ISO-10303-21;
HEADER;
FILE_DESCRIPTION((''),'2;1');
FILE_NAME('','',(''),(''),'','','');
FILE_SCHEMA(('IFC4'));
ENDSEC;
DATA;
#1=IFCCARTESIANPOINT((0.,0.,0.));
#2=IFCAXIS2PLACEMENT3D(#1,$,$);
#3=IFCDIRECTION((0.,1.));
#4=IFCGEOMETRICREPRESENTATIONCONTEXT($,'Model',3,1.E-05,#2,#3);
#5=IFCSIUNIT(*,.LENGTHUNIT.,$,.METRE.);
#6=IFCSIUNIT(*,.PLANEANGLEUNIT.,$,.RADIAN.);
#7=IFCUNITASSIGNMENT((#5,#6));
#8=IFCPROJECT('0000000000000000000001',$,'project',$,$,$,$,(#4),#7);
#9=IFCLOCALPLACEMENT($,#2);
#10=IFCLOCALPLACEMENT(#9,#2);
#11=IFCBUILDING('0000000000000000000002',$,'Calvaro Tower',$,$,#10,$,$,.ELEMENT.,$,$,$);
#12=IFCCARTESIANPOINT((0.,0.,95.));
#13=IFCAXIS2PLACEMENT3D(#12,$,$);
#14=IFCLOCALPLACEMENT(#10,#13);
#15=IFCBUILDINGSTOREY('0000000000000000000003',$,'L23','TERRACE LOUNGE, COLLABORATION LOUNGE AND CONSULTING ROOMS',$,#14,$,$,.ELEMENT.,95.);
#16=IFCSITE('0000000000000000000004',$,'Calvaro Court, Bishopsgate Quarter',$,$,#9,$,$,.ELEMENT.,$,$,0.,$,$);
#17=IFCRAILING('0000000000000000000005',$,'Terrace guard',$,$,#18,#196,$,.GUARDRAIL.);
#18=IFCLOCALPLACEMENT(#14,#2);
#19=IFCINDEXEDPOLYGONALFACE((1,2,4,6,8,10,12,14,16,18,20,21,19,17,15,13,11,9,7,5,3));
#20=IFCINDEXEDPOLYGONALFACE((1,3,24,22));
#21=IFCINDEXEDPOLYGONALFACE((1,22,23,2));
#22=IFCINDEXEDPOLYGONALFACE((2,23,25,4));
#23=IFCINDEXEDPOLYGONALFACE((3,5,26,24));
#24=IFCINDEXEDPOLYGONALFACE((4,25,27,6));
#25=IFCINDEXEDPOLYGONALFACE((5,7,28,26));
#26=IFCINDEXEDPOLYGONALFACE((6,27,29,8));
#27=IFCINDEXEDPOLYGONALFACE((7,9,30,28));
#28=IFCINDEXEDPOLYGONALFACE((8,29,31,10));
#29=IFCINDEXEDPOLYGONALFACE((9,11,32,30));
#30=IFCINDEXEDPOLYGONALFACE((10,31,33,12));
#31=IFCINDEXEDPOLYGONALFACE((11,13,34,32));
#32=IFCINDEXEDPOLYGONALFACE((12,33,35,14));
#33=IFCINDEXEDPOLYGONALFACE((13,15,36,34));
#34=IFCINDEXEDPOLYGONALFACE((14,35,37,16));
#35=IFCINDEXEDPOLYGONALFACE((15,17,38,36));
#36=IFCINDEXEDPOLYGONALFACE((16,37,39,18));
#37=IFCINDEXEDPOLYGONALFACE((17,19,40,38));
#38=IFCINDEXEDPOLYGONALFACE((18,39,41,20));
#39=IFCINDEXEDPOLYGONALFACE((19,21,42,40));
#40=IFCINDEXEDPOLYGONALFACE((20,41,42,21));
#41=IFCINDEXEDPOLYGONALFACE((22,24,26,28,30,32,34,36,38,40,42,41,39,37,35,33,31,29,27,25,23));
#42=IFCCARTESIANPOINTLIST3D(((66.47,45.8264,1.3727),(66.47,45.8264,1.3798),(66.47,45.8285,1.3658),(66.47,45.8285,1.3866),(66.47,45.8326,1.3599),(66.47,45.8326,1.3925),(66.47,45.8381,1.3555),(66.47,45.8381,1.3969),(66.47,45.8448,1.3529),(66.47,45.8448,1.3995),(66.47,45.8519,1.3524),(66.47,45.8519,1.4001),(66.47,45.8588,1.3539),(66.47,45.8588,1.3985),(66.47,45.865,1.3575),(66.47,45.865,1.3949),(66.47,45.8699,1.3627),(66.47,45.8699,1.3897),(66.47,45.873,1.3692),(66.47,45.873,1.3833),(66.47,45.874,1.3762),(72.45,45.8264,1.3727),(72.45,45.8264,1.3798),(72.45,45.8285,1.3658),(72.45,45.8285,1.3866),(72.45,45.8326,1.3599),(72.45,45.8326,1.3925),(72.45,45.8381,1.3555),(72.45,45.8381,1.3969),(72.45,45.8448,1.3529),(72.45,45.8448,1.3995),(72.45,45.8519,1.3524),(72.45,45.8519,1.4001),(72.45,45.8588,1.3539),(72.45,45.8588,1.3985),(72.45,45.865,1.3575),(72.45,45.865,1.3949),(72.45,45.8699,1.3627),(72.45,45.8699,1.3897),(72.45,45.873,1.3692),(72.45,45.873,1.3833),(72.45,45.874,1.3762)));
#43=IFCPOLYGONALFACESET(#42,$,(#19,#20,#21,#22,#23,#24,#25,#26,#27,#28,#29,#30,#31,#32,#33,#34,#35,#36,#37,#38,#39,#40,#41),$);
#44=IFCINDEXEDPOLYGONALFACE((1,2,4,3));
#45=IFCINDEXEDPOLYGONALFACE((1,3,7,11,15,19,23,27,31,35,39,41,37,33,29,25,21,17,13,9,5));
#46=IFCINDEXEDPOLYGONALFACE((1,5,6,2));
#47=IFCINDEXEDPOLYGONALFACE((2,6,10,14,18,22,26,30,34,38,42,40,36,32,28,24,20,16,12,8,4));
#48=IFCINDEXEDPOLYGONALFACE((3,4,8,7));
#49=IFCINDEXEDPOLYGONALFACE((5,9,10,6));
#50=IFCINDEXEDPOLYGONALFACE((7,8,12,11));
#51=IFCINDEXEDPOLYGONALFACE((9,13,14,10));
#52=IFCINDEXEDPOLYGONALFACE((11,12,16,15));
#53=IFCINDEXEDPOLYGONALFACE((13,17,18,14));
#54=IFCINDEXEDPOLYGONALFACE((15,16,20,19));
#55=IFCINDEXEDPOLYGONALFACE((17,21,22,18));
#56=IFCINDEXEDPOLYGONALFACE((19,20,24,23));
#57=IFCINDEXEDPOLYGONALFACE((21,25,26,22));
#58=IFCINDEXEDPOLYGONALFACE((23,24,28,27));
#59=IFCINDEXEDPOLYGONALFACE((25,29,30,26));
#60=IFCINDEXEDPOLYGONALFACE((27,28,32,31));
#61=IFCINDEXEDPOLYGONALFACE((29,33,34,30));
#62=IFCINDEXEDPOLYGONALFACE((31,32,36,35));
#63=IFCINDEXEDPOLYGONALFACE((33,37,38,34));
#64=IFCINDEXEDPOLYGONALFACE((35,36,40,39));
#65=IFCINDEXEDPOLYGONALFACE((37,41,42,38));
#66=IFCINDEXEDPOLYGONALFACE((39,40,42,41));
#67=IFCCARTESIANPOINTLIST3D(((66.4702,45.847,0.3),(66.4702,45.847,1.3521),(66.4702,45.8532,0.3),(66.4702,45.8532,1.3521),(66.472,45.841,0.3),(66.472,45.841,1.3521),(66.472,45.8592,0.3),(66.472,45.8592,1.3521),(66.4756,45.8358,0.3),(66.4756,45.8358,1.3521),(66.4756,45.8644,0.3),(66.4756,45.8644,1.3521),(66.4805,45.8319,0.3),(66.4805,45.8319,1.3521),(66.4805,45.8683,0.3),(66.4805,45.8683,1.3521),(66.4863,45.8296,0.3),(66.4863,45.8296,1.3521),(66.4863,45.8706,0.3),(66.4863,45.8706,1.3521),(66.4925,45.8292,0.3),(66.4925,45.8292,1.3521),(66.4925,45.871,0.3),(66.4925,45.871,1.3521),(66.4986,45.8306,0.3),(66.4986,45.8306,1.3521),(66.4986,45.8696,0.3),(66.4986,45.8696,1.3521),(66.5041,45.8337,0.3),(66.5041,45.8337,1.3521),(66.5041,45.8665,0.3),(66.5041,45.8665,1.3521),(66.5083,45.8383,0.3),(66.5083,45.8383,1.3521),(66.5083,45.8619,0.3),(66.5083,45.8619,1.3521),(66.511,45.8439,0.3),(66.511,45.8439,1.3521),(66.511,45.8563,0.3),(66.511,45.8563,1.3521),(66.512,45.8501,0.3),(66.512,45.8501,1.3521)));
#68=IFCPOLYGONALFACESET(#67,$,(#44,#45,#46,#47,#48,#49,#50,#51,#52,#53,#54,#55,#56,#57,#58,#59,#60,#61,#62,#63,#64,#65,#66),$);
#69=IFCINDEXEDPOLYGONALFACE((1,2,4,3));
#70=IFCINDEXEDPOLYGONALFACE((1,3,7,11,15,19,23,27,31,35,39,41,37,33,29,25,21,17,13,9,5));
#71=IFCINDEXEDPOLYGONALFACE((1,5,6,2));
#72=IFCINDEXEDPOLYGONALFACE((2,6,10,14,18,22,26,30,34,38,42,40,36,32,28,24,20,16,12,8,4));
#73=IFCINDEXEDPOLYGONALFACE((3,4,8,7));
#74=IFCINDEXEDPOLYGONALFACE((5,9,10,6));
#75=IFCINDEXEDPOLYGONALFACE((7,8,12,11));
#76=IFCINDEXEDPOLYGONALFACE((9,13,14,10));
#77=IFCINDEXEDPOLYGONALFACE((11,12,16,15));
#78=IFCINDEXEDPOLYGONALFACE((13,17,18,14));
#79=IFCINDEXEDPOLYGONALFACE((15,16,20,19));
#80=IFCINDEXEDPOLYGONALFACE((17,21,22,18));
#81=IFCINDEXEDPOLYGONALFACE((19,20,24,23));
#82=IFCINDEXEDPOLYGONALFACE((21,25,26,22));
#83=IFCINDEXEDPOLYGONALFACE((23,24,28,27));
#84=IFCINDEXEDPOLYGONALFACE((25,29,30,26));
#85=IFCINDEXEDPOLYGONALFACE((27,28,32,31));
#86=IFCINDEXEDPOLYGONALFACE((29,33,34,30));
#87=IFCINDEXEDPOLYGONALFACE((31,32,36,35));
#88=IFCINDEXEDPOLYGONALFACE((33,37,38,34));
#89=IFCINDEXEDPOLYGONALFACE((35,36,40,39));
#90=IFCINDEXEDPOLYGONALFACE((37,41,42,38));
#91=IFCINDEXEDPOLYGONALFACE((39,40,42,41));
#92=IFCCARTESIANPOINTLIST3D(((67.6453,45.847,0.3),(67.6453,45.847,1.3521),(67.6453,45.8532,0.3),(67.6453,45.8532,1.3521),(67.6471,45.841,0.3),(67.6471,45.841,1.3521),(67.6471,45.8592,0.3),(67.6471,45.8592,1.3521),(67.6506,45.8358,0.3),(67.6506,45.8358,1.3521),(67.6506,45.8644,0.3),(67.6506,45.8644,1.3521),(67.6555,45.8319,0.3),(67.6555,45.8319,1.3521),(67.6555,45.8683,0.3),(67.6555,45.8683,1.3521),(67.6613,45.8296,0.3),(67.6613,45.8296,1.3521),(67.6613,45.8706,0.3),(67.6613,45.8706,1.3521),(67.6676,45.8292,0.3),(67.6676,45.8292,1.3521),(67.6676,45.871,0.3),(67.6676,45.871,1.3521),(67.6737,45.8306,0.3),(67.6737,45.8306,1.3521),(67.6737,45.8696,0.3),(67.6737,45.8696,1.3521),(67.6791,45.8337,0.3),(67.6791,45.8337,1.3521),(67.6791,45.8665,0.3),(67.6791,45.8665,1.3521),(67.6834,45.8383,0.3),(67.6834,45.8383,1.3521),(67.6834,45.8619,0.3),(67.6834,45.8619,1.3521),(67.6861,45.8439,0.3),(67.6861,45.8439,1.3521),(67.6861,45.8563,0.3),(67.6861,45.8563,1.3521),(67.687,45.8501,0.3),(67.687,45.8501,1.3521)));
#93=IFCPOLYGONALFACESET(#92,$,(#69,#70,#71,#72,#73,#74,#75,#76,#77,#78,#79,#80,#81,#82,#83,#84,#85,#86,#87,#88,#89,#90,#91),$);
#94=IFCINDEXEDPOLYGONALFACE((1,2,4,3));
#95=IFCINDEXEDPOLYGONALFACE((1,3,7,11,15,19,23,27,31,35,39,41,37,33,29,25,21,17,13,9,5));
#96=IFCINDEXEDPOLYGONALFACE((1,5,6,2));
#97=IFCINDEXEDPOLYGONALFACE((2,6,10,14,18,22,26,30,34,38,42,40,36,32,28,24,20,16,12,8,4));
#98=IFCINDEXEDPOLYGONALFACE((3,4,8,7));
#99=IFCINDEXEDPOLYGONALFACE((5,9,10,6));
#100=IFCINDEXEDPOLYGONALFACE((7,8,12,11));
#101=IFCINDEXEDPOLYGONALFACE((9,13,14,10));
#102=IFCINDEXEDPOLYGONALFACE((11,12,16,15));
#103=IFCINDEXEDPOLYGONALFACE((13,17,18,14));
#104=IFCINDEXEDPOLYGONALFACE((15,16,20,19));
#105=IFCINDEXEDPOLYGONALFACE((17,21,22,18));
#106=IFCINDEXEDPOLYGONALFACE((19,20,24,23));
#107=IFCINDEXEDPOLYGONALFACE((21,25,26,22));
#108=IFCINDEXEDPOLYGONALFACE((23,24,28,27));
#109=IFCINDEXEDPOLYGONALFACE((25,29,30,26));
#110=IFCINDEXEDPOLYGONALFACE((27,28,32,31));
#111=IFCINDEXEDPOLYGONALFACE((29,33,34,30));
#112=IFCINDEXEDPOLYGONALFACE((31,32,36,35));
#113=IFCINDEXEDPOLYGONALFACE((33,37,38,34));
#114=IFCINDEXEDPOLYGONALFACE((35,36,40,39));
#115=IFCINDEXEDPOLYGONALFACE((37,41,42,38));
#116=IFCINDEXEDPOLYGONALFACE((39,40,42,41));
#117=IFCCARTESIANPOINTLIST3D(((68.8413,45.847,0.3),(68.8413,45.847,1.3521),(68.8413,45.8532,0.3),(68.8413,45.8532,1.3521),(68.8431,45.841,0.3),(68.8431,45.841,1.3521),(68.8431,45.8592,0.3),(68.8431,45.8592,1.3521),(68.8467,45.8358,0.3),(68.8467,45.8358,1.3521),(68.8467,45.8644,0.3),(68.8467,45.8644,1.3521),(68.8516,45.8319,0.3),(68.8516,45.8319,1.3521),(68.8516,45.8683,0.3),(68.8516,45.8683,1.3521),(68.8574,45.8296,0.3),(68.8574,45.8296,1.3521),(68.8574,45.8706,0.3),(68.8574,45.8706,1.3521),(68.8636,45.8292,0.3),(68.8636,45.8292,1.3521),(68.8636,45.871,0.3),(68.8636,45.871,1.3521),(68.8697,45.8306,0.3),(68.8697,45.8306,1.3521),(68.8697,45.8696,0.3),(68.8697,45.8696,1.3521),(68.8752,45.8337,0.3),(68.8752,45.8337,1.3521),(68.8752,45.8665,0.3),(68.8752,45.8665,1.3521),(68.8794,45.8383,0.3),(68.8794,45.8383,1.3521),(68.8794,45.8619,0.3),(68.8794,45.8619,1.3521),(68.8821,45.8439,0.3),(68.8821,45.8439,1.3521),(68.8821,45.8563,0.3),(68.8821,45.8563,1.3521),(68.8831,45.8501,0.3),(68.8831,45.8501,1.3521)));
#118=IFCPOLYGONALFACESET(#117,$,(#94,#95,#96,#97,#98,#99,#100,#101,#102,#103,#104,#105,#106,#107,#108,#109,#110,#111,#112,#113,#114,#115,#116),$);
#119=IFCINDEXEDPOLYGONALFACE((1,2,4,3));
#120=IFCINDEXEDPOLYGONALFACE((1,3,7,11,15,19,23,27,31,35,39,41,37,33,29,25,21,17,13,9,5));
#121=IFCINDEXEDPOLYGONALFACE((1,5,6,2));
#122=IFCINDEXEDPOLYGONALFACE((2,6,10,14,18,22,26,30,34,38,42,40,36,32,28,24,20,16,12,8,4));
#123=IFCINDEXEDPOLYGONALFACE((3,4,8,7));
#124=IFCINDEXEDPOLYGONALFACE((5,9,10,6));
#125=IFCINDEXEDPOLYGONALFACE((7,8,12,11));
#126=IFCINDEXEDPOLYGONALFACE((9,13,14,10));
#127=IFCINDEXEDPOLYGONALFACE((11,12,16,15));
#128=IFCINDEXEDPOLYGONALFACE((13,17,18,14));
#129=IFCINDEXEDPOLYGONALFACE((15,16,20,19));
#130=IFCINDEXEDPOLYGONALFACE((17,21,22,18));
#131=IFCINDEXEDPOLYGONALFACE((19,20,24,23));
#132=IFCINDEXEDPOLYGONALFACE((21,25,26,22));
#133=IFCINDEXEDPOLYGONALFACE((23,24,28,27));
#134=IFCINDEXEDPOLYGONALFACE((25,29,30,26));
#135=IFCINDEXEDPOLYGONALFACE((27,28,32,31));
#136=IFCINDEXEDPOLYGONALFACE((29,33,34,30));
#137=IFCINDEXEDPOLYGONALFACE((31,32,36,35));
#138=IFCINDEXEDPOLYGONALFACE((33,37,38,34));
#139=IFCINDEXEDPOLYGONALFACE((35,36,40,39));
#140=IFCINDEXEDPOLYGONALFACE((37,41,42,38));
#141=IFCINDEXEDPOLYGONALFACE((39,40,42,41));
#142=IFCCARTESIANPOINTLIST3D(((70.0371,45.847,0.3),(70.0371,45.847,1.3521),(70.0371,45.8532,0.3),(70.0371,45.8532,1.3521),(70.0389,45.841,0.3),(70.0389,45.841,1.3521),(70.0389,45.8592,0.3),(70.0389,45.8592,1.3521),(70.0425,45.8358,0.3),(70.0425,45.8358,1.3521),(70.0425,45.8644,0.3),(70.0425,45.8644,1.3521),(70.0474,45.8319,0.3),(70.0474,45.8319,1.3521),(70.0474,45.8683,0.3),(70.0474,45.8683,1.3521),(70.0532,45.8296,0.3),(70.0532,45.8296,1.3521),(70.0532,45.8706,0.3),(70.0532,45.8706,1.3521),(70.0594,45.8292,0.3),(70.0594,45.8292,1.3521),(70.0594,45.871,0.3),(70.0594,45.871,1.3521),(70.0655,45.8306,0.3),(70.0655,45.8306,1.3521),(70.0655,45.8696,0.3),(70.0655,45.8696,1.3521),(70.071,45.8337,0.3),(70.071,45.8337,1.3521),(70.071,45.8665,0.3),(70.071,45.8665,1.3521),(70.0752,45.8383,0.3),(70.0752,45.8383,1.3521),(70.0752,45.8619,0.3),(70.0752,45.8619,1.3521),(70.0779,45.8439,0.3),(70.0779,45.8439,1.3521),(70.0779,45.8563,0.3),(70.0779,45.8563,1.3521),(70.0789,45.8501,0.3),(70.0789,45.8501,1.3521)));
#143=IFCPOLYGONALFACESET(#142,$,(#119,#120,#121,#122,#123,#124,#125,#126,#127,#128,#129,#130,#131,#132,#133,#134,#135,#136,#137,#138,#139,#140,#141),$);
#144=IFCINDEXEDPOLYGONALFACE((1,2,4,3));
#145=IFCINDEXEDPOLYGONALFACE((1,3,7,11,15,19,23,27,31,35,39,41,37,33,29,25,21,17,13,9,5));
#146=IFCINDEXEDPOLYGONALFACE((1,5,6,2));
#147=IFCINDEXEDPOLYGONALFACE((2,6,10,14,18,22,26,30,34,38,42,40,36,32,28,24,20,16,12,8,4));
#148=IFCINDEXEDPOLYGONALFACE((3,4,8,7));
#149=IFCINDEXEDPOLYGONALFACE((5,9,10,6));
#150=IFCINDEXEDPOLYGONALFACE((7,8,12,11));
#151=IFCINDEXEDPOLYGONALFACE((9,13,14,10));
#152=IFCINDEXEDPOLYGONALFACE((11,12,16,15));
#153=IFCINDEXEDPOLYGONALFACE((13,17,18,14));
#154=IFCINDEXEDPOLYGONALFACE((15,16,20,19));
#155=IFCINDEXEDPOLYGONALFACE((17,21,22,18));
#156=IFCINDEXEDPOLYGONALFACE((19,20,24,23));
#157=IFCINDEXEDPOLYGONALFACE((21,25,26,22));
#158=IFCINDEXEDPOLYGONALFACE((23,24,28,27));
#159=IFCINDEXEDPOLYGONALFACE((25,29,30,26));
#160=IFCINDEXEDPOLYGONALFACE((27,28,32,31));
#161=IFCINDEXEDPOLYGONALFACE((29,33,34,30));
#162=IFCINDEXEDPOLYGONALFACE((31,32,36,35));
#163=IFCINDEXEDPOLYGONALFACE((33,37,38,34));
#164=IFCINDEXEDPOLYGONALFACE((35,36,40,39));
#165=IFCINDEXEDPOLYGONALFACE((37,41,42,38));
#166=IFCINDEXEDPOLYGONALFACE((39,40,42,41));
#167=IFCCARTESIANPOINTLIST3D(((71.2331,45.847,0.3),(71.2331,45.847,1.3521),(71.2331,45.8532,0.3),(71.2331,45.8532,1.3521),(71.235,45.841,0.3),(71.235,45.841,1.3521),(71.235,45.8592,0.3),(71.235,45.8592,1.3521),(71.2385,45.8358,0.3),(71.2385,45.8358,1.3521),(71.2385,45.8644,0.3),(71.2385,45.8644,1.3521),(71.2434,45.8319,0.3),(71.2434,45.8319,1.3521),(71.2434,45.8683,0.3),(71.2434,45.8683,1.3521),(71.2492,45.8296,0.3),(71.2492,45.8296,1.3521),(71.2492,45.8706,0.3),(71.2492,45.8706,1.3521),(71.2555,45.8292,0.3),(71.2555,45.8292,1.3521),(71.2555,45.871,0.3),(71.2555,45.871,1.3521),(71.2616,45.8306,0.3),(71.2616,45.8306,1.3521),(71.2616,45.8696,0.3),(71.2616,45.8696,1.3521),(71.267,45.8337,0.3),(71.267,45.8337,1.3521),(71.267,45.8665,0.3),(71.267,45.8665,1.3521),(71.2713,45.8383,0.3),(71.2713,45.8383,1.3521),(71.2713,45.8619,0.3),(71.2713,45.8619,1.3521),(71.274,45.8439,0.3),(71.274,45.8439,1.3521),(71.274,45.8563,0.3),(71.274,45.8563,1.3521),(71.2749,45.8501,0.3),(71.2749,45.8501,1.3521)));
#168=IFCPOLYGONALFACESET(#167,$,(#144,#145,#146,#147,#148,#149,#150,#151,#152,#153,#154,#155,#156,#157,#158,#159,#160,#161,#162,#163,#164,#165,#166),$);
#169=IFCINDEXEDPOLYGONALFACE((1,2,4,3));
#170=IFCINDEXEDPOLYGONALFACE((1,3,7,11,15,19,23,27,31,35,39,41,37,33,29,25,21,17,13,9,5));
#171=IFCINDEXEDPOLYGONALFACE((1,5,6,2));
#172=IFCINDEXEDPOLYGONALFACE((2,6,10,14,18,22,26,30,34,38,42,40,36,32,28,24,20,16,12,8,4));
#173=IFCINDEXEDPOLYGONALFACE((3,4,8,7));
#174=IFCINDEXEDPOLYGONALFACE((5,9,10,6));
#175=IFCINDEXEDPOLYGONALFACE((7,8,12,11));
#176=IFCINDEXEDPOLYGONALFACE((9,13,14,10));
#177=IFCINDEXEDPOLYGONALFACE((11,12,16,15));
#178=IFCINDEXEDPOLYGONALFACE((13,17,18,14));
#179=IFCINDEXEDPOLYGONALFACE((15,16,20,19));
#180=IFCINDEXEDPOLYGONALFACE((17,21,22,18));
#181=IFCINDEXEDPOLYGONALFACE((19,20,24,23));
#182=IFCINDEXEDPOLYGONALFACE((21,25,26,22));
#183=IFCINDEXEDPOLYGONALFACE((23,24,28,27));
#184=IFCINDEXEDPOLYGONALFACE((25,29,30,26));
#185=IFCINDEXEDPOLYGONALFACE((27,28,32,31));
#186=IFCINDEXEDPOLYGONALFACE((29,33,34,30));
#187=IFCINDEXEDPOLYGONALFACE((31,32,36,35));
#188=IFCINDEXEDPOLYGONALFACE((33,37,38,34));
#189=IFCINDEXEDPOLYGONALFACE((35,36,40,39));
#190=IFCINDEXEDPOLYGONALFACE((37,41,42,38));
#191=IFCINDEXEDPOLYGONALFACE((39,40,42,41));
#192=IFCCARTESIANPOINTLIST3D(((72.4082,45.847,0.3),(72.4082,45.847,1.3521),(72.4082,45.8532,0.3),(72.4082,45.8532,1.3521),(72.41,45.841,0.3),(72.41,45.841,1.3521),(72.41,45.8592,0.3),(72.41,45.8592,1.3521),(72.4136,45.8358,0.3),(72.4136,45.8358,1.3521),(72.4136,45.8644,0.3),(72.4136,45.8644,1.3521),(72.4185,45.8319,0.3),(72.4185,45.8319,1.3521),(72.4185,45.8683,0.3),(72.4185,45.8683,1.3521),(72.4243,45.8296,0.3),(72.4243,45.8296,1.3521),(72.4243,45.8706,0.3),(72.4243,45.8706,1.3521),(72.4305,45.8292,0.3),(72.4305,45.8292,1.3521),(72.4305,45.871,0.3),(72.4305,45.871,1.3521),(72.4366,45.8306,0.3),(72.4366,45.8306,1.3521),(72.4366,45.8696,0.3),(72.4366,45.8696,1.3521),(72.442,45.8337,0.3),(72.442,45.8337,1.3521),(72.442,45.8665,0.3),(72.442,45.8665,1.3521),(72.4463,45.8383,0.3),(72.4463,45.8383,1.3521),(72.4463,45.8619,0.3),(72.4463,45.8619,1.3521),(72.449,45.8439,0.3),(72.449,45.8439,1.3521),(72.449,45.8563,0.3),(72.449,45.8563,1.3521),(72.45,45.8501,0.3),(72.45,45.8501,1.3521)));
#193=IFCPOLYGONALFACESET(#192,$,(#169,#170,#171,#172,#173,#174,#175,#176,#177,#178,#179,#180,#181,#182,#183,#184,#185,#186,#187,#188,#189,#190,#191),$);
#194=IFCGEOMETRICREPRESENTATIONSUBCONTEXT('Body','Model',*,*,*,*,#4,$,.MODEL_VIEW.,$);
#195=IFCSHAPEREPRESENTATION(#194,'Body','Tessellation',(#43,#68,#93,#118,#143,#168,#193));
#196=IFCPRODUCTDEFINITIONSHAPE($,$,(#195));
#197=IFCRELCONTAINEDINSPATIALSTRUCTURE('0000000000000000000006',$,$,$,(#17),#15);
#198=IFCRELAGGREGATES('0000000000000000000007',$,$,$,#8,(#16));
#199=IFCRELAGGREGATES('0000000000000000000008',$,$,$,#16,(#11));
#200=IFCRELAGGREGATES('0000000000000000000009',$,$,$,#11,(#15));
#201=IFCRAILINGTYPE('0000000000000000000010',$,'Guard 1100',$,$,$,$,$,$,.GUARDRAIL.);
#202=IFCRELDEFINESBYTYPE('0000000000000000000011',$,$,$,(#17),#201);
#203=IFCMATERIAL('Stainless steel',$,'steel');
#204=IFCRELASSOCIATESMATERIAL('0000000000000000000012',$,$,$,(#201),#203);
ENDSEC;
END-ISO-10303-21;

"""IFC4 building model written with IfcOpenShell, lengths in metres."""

from ifc_helpers import new_model, si_unit, direction, frame, origin, origin_2d, place, context, subcontext, project, spatial, circle, extrude, material, type_object, element, save


model = new_model("IFC4")

# Units and contexts
model_context = context("Model", 3, precision=1e-05, world=origin(), true_north=direction((0.0, 1.0)))
body_context = subcontext(model_context, "Body", "Model", "MODEL_VIEW")
ifc_project = project(units=[si_unit("LENGTHUNIT", "METRE"), si_unit("PLANEANGLEUNIT", "RADIAN")], contexts=[model_context])

# Site, building, storey
site_placement = place(None, origin())
site = spatial("IfcSite", under=ifc_project, at=site_placement, Name="Calvaro Court, Bishopsgate Quarter", CompositionType="ELEMENT", RefElevation=0.0)
building_placement = place(site_placement, origin())
building = spatial("IfcBuilding", under=site, at=building_placement, Name="Calvaro Tower", CompositionType="ELEMENT")
storey_placement = place(building_placement, frame((0.0, 0.0, 95.0)))
storey = spatial("IfcBuildingStorey", under=building, at=storey_placement, Name="L23", Description="TERRACE LOUNGE, COLLABORATION LOUNGE AND CONSULTING ROOMS", CompositionType="ELEMENT", Elevation=95.0)

# Railing
ifc_material_1 = material(Name="Stainless steel", Category="steel")
railing_type = type_object("IfcRailingType", Name="Guard 1100", PredefinedType="GUARDRAIL", material=ifc_material_1)
railing_1_placement = place(storey_placement, frame((66.47, 45.8501, 0.3)))
element("IfcRailing", 1, at=railing_1_placement, inside=storey, type_object=railing_type, Name="Terrace guard", PredefinedType="GUARDRAIL", context=body_context, shape_type="SweptSolid", body=[
    extrude(circle(Radius=0.0239, at=origin_2d()), frame((0.0, 0.0, 1.0762), z_axis=(1.0, 0.0, 0.0), x_axis=(0.0, 1.0, 0.0)), (0.0, 0.0, 1.0), 5.98),
    extrude(circle(Radius=0.021, at=origin_2d()), frame((0.021, 0.0, 0.0)), (0.0, 0.0, 1.0), 1.052),
    extrude(circle(Radius=0.021, at=origin_2d()), frame((1.196, 0.0, 0.0)), (0.0, 0.0, 1.0), 1.052),
    extrude(circle(Radius=0.021, at=origin_2d()), frame((2.3921, 0.0, 0.0)), (0.0, 0.0, 1.0), 1.052),
    extrude(circle(Radius=0.021, at=origin_2d()), frame((3.5879, 0.0, 0.0)), (0.0, 0.0, 1.0), 1.052),
    extrude(circle(Radius=0.021, at=origin_2d()), frame((4.7839, 0.0, 0.0)), (0.0, 0.0, 1.0), 1.052),
    extrude(circle(Radius=0.021, at=origin_2d()), frame((5.959, 0.0, 0.0)), (0.0, 0.0, 1.0), 1.052),
])

save(model, "model.ifc")
